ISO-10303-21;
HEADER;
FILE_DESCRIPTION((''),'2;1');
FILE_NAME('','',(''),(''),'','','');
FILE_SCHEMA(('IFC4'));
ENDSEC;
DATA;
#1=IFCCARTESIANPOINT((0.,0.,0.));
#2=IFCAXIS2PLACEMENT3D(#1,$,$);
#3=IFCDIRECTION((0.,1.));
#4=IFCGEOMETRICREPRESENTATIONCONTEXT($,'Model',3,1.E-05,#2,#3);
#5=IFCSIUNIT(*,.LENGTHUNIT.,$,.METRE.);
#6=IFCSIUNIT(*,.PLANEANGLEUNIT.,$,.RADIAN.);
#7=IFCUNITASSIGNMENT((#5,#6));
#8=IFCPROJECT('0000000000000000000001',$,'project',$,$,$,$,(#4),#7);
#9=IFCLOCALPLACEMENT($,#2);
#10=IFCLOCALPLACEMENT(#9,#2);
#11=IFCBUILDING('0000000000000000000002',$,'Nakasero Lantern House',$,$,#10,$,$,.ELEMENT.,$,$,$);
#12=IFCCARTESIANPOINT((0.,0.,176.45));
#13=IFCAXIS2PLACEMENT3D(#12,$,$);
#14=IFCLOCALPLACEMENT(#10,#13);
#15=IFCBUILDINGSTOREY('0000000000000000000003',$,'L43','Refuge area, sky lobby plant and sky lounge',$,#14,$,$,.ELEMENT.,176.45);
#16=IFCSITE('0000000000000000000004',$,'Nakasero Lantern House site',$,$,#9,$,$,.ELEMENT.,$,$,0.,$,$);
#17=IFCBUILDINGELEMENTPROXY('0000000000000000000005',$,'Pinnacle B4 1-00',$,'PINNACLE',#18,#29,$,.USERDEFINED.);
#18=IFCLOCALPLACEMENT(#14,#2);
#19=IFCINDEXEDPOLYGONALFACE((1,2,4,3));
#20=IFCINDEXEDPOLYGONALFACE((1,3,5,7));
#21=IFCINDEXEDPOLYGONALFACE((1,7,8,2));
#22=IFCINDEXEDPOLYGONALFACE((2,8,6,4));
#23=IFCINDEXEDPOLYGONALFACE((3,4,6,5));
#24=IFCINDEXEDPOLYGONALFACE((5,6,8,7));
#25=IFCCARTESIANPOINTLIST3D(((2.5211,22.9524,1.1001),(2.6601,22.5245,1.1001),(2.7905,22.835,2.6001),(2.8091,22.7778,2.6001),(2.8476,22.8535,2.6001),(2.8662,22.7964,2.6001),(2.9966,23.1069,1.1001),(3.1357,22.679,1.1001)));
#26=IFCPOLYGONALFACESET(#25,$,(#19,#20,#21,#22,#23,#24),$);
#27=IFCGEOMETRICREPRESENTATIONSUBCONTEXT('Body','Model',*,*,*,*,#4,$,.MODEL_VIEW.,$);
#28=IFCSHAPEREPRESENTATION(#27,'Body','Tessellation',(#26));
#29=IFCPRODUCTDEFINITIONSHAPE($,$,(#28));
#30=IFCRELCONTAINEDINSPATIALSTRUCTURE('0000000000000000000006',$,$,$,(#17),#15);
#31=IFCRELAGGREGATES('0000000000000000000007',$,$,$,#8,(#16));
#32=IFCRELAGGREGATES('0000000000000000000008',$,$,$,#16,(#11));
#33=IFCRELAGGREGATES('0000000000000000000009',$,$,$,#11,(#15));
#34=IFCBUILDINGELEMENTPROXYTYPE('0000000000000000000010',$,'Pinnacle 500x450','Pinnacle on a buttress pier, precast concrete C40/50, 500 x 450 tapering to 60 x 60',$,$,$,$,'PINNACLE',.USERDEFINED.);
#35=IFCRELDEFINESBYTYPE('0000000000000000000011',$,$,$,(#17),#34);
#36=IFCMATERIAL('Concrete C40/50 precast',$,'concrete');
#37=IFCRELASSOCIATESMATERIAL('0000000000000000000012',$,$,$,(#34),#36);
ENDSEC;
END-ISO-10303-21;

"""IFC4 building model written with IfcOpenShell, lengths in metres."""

from ifc_helpers import new_model, entity, si_unit, direction, frame, origin, place, context, subcontext, project, spatial, material, type_object, element, save


model = new_model("IFC4")

# Units and contexts
model_context = context("Model", 3, precision=1e-05, world=origin(), true_north=direction((0.0, 1.0)))
body_context = subcontext(model_context, "Body", "Model", "MODEL_VIEW")
ifc_project = project(units=[si_unit("LENGTHUNIT", "METRE"), si_unit("PLANEANGLEUNIT", "RADIAN")], contexts=[model_context])

# Site, building, storey
site_placement = place(None, origin())
site = spatial("IfcSite", under=ifc_project, at=site_placement, Name="Nakasero Lantern House site", CompositionType="ELEMENT", RefElevation=0.0)
building_placement = place(site_placement, origin())
building = spatial("IfcBuilding", under=site, at=building_placement, Name="Nakasero Lantern House", CompositionType="ELEMENT")
storey_placement = place(building_placement, frame((0.0, 0.0, 176.45)))
storey = spatial("IfcBuildingStorey", under=building, at=storey_placement, Name="L43", Description="Refuge area, sky lobby plant and sky lounge", CompositionType="ELEMENT", Elevation=176.45)

# Building element proxy
ifc_material_1 = material(Name="Concrete C40/50 precast", Category="concrete")
building_element_proxy_type = type_object("IfcBuildingElementProxyType", Name="Pinnacle 500x450", Description="Pinnacle on a buttress pier, precast concrete C40/50, 500 x 450 tapering to 60 x 60", ElementType="PINNACLE", PredefinedType="USERDEFINED", material=ifc_material_1)
proxy_placement = place(storey_placement, frame((2.8284, 22.8157, 1.1001), z_axis=(0.0, 0.0, 1.0), x_axis=(-0.309017, 0.951057, 0.0)))
element("IfcBuildingElementProxy", 1, at=proxy_placement, inside=storey, type_object=building_element_proxy_type, Name="Pinnacle B4 1-00", ObjectType="PINNACLE", PredefinedType="USERDEFINED", context=body_context, shape_type="SweptSolid", body=[
    entity("IfcExtrudedAreaSolidTapered", entity("IfcRectangleProfileDef", "AREA", None, entity("IfcAxis2Placement2D", entity("IfcCartesianPoint", [0.0, 0.0])), 0.45, 0.5), entity("IfcAxis2Placement3D", entity("IfcCartesianPoint", [0.0, 0.0, 0.0])), entity("IfcDirection", [0.0, 0.0, 1.0]), 1.5, entity("IfcRectangleProfileDef", "AREA", None, entity("IfcAxis2Placement2D", entity("IfcCartesianPoint", [0.0, 0.0])), 0.0601, 0.0601)),
])

save(model, "model.ifc")
